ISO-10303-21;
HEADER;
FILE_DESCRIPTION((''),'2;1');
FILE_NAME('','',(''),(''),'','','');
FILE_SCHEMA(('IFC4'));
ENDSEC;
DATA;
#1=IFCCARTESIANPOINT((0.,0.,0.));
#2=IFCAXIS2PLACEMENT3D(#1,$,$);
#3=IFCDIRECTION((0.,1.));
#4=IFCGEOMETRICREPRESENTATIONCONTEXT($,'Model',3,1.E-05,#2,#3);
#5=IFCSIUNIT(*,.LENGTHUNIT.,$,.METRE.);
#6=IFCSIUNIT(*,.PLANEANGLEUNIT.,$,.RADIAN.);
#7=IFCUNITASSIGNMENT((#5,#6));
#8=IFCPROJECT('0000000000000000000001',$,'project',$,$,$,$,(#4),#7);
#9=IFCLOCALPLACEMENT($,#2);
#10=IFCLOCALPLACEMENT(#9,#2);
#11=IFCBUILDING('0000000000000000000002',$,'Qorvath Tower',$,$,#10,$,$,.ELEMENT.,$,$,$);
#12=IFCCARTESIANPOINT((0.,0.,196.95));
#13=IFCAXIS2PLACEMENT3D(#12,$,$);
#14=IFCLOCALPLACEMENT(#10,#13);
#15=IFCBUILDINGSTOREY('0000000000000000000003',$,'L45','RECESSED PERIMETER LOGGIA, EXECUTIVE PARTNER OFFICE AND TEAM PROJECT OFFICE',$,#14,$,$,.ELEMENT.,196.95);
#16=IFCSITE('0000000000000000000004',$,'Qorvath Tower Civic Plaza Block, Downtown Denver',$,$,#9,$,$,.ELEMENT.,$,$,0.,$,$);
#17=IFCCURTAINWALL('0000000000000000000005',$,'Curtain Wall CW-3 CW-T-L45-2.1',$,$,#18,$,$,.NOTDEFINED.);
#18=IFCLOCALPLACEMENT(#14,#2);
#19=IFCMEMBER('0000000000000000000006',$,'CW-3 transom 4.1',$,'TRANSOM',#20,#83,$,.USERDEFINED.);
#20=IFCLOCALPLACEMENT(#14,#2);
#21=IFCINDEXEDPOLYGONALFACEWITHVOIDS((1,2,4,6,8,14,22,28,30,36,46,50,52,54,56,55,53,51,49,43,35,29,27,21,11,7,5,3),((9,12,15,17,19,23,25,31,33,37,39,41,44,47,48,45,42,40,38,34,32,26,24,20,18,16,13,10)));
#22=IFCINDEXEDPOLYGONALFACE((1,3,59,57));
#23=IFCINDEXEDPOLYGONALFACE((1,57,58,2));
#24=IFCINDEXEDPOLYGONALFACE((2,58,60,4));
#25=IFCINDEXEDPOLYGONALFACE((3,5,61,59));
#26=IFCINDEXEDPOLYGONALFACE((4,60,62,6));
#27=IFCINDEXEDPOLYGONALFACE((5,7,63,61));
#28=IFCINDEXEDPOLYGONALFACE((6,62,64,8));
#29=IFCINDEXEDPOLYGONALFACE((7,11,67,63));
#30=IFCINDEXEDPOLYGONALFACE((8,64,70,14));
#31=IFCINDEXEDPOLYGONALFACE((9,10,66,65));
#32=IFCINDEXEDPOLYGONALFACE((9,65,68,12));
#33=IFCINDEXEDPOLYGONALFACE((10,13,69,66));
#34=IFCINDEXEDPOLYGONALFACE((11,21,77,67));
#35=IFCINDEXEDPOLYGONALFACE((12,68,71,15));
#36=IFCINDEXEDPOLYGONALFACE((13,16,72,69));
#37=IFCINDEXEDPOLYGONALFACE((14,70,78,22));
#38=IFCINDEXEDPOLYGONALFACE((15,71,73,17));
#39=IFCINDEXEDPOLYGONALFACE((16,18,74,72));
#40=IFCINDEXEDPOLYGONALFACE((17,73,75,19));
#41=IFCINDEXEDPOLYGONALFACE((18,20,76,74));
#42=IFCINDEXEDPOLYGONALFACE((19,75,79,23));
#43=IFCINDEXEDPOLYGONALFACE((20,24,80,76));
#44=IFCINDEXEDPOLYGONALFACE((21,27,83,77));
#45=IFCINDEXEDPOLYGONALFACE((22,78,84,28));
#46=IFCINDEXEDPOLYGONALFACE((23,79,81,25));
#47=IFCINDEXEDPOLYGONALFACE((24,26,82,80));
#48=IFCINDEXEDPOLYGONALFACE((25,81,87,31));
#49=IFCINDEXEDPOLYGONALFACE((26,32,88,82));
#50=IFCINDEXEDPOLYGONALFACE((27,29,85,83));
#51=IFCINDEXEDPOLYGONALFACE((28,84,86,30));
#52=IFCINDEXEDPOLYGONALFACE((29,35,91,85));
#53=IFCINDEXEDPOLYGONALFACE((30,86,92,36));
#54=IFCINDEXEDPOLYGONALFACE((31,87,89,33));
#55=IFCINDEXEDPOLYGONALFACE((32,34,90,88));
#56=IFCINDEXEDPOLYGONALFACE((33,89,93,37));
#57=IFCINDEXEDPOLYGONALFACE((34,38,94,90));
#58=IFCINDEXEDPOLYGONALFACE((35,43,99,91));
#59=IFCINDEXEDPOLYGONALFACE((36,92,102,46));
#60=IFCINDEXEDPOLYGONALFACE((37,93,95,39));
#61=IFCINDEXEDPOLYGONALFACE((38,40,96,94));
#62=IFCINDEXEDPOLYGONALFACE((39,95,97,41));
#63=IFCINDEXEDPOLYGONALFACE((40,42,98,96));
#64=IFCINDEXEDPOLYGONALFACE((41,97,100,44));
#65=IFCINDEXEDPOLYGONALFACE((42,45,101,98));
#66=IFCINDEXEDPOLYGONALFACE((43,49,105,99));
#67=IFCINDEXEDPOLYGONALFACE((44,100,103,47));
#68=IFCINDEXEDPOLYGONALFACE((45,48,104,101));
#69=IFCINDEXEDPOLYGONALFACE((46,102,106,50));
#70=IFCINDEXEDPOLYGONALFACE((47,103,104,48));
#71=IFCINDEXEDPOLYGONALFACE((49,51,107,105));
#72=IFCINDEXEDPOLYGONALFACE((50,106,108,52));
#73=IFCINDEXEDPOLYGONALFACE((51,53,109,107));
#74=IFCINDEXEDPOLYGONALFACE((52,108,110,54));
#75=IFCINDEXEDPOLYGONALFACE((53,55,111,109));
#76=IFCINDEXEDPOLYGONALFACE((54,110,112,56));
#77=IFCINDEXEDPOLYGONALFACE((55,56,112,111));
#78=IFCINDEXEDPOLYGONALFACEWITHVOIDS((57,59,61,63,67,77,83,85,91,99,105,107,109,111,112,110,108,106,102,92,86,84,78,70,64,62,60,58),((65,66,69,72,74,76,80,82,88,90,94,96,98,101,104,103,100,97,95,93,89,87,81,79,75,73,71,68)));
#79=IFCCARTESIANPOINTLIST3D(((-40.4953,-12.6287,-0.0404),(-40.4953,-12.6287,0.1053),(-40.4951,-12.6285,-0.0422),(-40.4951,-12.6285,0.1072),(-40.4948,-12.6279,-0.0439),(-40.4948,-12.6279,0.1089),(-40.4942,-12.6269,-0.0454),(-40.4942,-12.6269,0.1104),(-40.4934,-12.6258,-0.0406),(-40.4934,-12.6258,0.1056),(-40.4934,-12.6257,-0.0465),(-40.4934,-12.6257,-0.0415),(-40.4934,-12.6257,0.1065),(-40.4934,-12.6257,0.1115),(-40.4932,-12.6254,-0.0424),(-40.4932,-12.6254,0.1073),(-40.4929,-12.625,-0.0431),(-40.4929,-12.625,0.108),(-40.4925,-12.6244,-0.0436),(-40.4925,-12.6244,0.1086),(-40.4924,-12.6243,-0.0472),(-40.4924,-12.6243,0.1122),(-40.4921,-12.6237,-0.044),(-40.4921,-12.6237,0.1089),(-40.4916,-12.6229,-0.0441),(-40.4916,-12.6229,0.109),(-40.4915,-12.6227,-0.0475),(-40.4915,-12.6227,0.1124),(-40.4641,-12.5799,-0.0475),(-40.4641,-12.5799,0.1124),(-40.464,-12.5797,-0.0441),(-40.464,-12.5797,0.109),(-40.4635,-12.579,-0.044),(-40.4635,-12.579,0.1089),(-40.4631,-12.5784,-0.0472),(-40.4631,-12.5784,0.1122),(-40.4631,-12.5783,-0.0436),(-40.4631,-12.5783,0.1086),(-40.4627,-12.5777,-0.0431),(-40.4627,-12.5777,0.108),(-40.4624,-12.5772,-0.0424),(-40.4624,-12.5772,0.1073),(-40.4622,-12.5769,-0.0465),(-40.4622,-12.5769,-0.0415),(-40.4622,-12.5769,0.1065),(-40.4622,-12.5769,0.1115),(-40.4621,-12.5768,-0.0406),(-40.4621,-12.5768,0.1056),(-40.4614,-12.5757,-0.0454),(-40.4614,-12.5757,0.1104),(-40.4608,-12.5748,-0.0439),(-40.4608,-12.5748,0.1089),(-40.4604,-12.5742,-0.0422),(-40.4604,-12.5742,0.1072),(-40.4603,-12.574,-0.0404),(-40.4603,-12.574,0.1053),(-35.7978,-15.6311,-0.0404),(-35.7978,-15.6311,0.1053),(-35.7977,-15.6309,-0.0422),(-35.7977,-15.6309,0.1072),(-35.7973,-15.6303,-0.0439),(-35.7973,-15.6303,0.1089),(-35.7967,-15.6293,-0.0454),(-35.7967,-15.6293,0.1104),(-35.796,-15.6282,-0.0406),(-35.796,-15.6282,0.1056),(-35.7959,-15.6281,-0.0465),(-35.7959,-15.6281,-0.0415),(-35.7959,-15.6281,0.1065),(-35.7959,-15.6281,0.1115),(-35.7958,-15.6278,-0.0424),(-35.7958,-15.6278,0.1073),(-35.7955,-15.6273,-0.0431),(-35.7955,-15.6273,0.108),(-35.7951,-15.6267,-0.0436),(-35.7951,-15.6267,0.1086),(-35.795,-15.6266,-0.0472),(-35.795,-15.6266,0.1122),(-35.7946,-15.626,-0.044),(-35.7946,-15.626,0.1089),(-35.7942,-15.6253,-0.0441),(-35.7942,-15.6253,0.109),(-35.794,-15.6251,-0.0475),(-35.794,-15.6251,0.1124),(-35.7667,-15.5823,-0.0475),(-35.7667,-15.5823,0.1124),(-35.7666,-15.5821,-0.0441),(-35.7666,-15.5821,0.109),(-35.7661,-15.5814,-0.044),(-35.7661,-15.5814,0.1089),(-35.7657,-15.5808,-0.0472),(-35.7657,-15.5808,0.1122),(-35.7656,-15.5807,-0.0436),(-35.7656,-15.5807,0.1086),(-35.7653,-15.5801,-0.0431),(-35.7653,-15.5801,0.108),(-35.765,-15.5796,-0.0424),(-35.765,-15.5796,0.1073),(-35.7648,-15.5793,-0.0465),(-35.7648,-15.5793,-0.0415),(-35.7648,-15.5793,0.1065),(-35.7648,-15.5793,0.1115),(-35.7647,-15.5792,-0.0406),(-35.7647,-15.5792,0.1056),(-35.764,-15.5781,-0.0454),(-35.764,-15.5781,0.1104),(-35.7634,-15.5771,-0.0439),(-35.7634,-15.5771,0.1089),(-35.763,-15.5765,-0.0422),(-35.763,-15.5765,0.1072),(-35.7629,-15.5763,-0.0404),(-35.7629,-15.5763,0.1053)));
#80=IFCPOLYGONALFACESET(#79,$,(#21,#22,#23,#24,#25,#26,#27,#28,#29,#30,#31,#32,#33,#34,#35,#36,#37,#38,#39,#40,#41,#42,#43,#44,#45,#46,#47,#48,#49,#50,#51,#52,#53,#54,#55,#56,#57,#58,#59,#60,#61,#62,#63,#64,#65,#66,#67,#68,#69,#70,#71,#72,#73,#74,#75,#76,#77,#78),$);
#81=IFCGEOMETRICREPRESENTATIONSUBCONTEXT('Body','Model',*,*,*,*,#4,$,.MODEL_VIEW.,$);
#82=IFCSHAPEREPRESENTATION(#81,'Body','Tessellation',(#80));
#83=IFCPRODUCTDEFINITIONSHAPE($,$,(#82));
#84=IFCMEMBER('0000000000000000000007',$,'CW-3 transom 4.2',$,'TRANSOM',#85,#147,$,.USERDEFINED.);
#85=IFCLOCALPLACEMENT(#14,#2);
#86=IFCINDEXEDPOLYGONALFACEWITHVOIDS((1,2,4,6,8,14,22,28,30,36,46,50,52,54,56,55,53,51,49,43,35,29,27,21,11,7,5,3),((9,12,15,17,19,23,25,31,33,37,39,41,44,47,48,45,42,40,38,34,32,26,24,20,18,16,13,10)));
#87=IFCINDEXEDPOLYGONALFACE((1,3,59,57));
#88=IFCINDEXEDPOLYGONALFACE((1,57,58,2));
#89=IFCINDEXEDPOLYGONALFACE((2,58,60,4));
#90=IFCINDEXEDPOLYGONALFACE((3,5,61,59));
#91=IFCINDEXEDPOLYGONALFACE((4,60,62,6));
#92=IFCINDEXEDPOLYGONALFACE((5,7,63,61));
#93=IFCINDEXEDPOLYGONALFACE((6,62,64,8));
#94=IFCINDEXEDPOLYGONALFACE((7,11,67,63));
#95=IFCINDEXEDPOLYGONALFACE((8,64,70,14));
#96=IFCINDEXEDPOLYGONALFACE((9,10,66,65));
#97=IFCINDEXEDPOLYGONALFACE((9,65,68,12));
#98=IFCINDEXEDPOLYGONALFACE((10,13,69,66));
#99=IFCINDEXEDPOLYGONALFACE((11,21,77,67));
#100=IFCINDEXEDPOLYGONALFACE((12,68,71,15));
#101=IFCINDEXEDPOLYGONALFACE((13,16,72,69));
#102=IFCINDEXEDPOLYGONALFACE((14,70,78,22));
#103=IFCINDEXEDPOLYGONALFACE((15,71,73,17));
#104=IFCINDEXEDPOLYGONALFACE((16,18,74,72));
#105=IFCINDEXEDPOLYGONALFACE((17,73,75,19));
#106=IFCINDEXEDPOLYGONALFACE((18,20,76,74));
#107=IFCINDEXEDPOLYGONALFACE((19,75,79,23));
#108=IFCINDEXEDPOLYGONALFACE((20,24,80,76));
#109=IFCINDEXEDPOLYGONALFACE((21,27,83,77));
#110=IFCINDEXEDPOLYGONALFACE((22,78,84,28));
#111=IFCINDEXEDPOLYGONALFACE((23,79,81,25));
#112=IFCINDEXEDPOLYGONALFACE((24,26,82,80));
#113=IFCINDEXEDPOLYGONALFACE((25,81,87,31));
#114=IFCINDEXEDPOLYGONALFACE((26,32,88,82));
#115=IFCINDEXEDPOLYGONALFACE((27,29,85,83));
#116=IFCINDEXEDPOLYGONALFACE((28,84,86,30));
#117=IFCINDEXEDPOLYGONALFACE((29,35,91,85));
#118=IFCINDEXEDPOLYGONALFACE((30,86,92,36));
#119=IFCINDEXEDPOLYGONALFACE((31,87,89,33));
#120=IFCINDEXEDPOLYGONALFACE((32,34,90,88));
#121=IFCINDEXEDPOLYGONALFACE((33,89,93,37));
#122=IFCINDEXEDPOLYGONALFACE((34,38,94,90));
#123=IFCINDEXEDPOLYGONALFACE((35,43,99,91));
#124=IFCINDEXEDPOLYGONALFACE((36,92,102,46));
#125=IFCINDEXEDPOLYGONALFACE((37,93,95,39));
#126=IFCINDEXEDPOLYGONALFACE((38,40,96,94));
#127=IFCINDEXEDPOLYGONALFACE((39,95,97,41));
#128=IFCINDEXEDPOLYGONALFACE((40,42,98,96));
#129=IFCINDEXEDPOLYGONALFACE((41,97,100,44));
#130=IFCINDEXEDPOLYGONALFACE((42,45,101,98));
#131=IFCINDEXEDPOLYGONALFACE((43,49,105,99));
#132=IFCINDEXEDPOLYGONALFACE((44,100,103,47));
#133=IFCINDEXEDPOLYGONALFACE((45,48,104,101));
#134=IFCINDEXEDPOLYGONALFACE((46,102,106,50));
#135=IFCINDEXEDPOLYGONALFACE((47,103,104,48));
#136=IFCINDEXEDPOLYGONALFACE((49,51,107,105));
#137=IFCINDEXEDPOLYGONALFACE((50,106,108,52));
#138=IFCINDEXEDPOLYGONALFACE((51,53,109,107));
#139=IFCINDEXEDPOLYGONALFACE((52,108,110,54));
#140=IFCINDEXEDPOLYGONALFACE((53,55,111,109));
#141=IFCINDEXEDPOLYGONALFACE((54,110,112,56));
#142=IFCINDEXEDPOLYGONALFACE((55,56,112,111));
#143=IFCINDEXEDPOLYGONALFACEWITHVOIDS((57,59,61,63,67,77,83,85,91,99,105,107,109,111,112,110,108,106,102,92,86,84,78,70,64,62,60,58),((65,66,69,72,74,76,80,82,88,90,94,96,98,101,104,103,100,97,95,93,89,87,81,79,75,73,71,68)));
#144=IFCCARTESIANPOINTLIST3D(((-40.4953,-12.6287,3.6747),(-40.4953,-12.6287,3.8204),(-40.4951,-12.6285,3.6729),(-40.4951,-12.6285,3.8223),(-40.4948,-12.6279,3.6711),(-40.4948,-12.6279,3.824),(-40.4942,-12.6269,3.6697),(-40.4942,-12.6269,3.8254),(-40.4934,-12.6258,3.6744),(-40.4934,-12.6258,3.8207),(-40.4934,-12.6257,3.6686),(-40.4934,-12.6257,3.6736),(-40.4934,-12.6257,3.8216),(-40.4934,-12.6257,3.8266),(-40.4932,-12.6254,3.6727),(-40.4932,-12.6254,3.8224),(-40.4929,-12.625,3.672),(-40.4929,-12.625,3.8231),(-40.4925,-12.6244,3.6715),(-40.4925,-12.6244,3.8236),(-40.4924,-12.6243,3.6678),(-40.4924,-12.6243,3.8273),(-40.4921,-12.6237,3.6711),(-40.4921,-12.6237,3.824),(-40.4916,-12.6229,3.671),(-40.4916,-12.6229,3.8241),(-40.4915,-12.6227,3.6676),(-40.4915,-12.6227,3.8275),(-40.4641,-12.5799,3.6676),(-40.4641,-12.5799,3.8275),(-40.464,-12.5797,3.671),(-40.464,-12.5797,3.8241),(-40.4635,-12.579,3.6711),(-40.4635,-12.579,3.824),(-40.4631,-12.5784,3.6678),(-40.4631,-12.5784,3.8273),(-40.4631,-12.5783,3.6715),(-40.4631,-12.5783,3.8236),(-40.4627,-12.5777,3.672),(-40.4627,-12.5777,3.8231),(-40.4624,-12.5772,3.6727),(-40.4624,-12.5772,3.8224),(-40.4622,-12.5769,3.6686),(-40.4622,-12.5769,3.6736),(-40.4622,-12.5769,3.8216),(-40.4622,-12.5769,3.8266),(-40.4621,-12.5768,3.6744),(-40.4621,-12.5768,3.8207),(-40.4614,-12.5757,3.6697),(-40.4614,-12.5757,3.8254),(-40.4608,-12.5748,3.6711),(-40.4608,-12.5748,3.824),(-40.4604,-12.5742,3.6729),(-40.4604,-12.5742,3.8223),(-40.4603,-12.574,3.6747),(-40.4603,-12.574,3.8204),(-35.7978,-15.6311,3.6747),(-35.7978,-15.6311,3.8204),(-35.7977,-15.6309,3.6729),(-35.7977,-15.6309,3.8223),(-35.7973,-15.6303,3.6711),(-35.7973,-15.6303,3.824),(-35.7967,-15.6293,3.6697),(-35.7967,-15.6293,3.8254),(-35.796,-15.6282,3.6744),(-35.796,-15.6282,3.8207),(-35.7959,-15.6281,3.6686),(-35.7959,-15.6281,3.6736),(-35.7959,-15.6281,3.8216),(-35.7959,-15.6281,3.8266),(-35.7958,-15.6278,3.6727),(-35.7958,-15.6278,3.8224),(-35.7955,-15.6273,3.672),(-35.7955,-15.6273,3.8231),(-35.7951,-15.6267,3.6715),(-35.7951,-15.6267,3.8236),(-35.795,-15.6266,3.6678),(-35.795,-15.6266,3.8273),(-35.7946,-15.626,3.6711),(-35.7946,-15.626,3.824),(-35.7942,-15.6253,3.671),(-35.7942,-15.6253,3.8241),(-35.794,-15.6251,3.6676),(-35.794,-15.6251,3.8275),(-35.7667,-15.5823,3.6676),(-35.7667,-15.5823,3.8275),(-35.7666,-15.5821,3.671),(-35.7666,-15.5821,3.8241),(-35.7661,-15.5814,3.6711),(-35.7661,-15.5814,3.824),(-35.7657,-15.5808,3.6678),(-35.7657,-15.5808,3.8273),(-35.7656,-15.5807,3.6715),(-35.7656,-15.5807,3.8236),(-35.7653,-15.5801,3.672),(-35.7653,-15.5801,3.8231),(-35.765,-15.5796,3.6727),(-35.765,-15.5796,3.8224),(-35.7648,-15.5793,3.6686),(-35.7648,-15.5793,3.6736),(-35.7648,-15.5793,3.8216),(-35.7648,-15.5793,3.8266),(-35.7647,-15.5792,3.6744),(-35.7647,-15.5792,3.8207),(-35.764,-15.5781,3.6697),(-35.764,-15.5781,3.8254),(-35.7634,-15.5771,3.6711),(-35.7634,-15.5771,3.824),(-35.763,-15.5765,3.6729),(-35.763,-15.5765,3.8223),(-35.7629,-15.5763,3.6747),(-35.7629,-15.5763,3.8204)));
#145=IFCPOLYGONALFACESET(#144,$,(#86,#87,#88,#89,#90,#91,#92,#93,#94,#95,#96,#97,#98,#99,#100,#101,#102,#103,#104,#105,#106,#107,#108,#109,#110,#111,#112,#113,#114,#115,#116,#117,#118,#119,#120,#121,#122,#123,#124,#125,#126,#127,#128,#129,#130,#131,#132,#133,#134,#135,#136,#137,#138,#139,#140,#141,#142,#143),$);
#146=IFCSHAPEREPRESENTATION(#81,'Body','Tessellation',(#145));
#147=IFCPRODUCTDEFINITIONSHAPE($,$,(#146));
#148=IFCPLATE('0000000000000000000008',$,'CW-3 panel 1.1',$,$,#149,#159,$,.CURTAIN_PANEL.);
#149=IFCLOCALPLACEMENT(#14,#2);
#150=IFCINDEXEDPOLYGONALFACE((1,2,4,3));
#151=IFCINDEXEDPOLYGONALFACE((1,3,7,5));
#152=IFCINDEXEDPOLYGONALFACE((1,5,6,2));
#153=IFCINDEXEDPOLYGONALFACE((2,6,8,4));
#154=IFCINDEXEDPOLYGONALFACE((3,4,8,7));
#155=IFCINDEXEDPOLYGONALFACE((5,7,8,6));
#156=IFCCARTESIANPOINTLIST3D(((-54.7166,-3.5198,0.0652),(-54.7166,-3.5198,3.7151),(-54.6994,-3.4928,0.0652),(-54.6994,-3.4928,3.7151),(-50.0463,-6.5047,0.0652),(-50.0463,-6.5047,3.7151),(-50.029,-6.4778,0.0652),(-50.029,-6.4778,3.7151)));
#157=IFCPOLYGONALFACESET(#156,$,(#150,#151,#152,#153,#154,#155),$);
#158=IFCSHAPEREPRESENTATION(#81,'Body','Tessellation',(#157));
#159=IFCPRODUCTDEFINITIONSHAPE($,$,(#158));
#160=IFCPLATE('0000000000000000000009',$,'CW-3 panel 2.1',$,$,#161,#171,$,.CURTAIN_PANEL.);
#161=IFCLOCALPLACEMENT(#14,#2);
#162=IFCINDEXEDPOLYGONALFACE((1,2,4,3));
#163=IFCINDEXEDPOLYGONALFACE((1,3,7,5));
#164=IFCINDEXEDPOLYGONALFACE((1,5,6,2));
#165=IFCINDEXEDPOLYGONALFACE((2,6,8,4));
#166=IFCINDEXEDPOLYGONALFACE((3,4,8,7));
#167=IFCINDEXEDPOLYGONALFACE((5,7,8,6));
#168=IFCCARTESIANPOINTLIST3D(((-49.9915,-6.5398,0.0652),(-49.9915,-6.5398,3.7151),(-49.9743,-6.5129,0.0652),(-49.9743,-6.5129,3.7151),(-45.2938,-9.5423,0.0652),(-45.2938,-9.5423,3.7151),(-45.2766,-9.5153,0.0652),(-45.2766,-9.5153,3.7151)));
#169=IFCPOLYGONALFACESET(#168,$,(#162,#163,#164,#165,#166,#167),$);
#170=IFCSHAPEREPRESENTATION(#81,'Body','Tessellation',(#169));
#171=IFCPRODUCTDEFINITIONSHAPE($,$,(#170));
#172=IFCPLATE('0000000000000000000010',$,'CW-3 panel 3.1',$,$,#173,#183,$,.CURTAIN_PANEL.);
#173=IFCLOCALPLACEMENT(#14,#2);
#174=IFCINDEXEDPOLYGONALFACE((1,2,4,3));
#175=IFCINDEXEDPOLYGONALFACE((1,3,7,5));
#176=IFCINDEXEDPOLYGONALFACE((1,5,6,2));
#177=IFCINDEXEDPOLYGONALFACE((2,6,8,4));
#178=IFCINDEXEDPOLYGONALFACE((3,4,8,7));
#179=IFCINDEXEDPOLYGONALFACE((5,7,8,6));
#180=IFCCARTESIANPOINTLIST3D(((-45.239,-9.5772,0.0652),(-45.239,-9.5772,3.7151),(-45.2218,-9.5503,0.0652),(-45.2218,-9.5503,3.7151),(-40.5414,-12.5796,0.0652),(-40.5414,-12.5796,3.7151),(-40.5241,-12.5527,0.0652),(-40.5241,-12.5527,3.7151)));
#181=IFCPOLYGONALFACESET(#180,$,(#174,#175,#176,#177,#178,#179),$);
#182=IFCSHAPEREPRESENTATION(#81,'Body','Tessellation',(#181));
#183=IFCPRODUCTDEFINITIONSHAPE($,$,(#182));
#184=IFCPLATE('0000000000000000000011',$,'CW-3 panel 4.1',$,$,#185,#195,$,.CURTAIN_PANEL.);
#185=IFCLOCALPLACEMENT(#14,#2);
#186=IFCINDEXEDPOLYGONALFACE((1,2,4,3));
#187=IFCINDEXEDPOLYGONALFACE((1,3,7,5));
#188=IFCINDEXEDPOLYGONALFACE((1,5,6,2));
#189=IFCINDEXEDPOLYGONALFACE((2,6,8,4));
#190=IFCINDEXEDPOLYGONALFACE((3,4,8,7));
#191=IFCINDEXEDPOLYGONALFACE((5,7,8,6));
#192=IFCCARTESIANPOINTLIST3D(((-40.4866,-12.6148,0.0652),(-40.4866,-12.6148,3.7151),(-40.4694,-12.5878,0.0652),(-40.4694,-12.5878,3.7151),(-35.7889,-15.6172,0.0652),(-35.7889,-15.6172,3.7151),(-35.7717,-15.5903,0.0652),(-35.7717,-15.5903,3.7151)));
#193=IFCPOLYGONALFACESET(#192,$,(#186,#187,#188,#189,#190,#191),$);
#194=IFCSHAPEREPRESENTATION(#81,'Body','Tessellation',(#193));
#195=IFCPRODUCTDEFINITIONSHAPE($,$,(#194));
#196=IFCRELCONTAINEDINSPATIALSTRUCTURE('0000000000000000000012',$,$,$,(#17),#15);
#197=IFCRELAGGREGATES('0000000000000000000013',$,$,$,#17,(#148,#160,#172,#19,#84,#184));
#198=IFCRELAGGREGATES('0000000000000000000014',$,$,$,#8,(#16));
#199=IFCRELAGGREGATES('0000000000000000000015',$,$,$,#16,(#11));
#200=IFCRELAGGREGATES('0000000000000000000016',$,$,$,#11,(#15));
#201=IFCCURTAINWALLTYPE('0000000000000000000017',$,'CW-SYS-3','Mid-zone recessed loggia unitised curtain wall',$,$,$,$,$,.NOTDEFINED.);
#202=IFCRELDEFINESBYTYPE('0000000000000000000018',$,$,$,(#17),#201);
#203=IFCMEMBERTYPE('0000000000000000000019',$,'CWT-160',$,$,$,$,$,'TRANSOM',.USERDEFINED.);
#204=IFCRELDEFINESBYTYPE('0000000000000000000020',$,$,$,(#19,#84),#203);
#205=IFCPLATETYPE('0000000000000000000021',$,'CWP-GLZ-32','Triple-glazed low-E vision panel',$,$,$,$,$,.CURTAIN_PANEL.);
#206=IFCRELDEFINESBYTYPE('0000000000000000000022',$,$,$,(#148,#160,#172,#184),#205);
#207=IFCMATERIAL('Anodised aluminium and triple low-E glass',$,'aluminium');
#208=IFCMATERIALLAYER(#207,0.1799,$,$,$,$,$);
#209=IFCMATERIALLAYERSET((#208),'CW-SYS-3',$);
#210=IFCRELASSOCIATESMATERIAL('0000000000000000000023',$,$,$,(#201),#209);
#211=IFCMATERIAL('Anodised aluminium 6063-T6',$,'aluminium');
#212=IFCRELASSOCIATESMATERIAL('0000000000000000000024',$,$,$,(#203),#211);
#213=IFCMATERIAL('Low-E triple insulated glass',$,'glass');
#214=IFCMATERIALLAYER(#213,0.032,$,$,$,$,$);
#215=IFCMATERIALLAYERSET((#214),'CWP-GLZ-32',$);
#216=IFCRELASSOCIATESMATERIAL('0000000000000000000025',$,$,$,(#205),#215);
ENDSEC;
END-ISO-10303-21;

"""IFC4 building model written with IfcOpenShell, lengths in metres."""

from ifc_helpers import new_model, si_unit, direction, frame, origin, origin_2d, place, context, subcontext, project, spatial, rectangle, hollow_rectangle, extrude, material, layer, layer_set, material_profile, profile_set, type_object, element, aggregate, save


model = new_model("IFC4")

# Units and contexts
model_context = context("Model", 3, precision=1e-05, world=origin(), true_north=direction((0.0, 1.0)))
body_context = subcontext(model_context, "Body", "Model", "MODEL_VIEW")
ifc_project = project(units=[si_unit("LENGTHUNIT", "METRE"), si_unit("PLANEANGLEUNIT", "RADIAN")], contexts=[model_context])

# Site, building, storey
site_placement = place(None, origin())
site = spatial("IfcSite", under=ifc_project, at=site_placement, Name="Qorvath Tower Civic Plaza Block, Downtown Denver", CompositionType="ELEMENT", RefElevation=0.0)
building_placement = place(site_placement, origin())
building = spatial("IfcBuilding", under=site, at=building_placement, Name="Qorvath Tower", CompositionType="ELEMENT")
storey_placement = place(building_placement, frame((0.0, 0.0, 196.95)))
storey = spatial("IfcBuildingStorey", under=building, at=storey_placement, Name="L45", Description="RECESSED PERIMETER LOGGIA, EXECUTIVE PARTNER OFFICE AND TEAM PROJECT OFFICE", CompositionType="ELEMENT", Elevation=196.95)

# Curtain wall, members, plates
ifc_material_1 = material(Name="Anodised aluminium and triple low-E glass", Category="aluminium")
ifc_layer_1 = layer(ifc_material_1, 0.1799)
ifc_layer_set_1 = layer_set([ifc_layer_1], Name="CW-SYS-3")
curtain_wall_type = type_object("IfcCurtainWallType", Name="CW-SYS-3", Description="Mid-zone recessed loggia unitised curtain wall", PredefinedType="NOTDEFINED", material=ifc_layer_set_1)
curtain_wall_placement = place(storey_placement, origin())
curtain_wall = element("IfcCurtainWall", 1, at=curtain_wall_placement, inside=storey, type_object=curtain_wall_type, Name="Curtain Wall CW-3 CW-T-L45-2.1", PredefinedType="NOTDEFINED")
ifc_material_2 = material(Name="Anodised aluminium 6063-T6", Category="aluminium")
ifc_material_profile_1 = material_profile(ifc_material_2, hollow_rectangle(XDim=0.0649, YDim=0.1599, WallThickness=0.0034, InnerFilletRadius=0.0034, OuterFilletRadius=0.0071, at=origin_2d()), Name="CWT 160x65")
ifc_profile_set_1 = profile_set([ifc_material_profile_1], Name="Anodised aluminium 6063-T6")
member_type_1 = type_object("IfcMemberType", Name="CWT-160", ElementType="TRANSOM", PredefinedType="USERDEFINED", material=ifc_profile_set_1)
member_1_placement = place(storey_placement, frame((-40.4778, -12.6013, 0.0325), z_axis=(0.842594, -0.538549, 0.0), x_axis=(0.538549, 0.842594, 0.0)))
member_1 = element("IfcMember", 2, at=member_1_placement, type_object=member_type_1, Name="CW-3 transom 4.1", ObjectType="TRANSOM", PredefinedType="USERDEFINED", context=body_context, shape_type="SweptSolid", body=[
    extrude(hollow_rectangle(XDim=0.0649, YDim=0.1599, WallThickness=0.0034, InnerFilletRadius=0.0034, OuterFilletRadius=0.0071, at=origin_2d()), origin(), (0.0, 0.0, 1.0), 5.575),
])
member_2_placement = place(storey_placement, frame((-40.4778, -12.6013, 3.7476), z_axis=(0.842594, -0.538549, 0.0), x_axis=(0.538549, 0.842594, 0.0)))
member_2 = element("IfcMember", 3, at=member_2_placement, type_object=member_type_1, Name="CW-3 transom 4.2", ObjectType="TRANSOM", PredefinedType="USERDEFINED", context=body_context, shape_type="SweptSolid", body=[
    extrude(hollow_rectangle(XDim=0.0649, YDim=0.1599, WallThickness=0.0034, InnerFilletRadius=0.0034, OuterFilletRadius=0.0071, at=origin_2d()), origin(), (0.0, 0.0, 1.0), 5.575),
])
ifc_material_3 = material(Name="Low-E triple insulated glass", Category="glass")
ifc_layer_2 = layer(ifc_material_3, 0.032)
ifc_layer_set_2 = layer_set([ifc_layer_2], Name="CWP-GLZ-32")
plate_type = type_object("IfcPlateType", Name="CWP-GLZ-32", Description="Triple-glazed low-E vision panel", PredefinedType="CURTAIN_PANEL", material=ifc_layer_set_2)
plate_1_placement = place(storey_placement, frame((-52.3728, -4.9988, 0.0652), z_axis=(0.0, 0.0, 1.0), x_axis=(0.842604, -0.538534, 0.0)))
plate_1 = element("IfcPlate", 4, at=plate_1_placement, type_object=plate_type, Name="CW-3 panel 1.1", PredefinedType="CURTAIN_PANEL", context=body_context, shape_type="SweptSolid", body=[
    extrude(rectangle(XDim=5.5427, YDim=0.032, at=origin_2d()), origin(), (0.0, 0.0, 1.0), 3.6499),
])
plate_2_placement = place(storey_placement, frame((-47.634, -8.0276, 0.0652), z_axis=(0.0, 0.0, 1.0), x_axis=(0.842604, -0.538534, 0.0)))
plate_2 = element("IfcPlate", 5, at=plate_2_placement, type_object=plate_type, Name="CW-3 panel 2.1", PredefinedType="CURTAIN_PANEL", context=body_context, shape_type="SweptSolid", body=[
    extrude(rectangle(XDim=5.5752, YDim=0.032, at=origin_2d()), origin(), (0.0, 0.0, 1.0), 3.6499),
])
plate_3_placement = place(storey_placement, frame((-42.8816, -11.0649, 0.0652), z_axis=(0.0, 0.0, 1.0), x_axis=(0.842604, -0.538534, 0.0)))
plate_3 = element("IfcPlate", 6, at=plate_3_placement, type_object=plate_type, Name="CW-3 panel 3.1", PredefinedType="CURTAIN_PANEL", context=body_context, shape_type="SweptSolid", body=[
    extrude(rectangle(XDim=5.5752, YDim=0.032, at=origin_2d()), origin(), (0.0, 0.0, 1.0), 3.6499),
])
plate_4_placement = place(storey_placement, frame((-38.1292, -14.1025, 0.0652), z_axis=(0.0, 0.0, 1.0), x_axis=(0.842604, -0.538534, 0.0)))
plate_4 = element("IfcPlate", 7, at=plate_4_placement, type_object=plate_type, Name="CW-3 panel 4.1", PredefinedType="CURTAIN_PANEL", context=body_context, shape_type="SweptSolid", body=[
    extrude(rectangle(XDim=5.5752, YDim=0.032, at=origin_2d()), origin(), (0.0, 0.0, 1.0), 3.6499),
])
aggregate(curtain_wall, [plate_1, plate_2, plate_3, member_1, member_2, plate_4])

save(model, "model.ifc")
